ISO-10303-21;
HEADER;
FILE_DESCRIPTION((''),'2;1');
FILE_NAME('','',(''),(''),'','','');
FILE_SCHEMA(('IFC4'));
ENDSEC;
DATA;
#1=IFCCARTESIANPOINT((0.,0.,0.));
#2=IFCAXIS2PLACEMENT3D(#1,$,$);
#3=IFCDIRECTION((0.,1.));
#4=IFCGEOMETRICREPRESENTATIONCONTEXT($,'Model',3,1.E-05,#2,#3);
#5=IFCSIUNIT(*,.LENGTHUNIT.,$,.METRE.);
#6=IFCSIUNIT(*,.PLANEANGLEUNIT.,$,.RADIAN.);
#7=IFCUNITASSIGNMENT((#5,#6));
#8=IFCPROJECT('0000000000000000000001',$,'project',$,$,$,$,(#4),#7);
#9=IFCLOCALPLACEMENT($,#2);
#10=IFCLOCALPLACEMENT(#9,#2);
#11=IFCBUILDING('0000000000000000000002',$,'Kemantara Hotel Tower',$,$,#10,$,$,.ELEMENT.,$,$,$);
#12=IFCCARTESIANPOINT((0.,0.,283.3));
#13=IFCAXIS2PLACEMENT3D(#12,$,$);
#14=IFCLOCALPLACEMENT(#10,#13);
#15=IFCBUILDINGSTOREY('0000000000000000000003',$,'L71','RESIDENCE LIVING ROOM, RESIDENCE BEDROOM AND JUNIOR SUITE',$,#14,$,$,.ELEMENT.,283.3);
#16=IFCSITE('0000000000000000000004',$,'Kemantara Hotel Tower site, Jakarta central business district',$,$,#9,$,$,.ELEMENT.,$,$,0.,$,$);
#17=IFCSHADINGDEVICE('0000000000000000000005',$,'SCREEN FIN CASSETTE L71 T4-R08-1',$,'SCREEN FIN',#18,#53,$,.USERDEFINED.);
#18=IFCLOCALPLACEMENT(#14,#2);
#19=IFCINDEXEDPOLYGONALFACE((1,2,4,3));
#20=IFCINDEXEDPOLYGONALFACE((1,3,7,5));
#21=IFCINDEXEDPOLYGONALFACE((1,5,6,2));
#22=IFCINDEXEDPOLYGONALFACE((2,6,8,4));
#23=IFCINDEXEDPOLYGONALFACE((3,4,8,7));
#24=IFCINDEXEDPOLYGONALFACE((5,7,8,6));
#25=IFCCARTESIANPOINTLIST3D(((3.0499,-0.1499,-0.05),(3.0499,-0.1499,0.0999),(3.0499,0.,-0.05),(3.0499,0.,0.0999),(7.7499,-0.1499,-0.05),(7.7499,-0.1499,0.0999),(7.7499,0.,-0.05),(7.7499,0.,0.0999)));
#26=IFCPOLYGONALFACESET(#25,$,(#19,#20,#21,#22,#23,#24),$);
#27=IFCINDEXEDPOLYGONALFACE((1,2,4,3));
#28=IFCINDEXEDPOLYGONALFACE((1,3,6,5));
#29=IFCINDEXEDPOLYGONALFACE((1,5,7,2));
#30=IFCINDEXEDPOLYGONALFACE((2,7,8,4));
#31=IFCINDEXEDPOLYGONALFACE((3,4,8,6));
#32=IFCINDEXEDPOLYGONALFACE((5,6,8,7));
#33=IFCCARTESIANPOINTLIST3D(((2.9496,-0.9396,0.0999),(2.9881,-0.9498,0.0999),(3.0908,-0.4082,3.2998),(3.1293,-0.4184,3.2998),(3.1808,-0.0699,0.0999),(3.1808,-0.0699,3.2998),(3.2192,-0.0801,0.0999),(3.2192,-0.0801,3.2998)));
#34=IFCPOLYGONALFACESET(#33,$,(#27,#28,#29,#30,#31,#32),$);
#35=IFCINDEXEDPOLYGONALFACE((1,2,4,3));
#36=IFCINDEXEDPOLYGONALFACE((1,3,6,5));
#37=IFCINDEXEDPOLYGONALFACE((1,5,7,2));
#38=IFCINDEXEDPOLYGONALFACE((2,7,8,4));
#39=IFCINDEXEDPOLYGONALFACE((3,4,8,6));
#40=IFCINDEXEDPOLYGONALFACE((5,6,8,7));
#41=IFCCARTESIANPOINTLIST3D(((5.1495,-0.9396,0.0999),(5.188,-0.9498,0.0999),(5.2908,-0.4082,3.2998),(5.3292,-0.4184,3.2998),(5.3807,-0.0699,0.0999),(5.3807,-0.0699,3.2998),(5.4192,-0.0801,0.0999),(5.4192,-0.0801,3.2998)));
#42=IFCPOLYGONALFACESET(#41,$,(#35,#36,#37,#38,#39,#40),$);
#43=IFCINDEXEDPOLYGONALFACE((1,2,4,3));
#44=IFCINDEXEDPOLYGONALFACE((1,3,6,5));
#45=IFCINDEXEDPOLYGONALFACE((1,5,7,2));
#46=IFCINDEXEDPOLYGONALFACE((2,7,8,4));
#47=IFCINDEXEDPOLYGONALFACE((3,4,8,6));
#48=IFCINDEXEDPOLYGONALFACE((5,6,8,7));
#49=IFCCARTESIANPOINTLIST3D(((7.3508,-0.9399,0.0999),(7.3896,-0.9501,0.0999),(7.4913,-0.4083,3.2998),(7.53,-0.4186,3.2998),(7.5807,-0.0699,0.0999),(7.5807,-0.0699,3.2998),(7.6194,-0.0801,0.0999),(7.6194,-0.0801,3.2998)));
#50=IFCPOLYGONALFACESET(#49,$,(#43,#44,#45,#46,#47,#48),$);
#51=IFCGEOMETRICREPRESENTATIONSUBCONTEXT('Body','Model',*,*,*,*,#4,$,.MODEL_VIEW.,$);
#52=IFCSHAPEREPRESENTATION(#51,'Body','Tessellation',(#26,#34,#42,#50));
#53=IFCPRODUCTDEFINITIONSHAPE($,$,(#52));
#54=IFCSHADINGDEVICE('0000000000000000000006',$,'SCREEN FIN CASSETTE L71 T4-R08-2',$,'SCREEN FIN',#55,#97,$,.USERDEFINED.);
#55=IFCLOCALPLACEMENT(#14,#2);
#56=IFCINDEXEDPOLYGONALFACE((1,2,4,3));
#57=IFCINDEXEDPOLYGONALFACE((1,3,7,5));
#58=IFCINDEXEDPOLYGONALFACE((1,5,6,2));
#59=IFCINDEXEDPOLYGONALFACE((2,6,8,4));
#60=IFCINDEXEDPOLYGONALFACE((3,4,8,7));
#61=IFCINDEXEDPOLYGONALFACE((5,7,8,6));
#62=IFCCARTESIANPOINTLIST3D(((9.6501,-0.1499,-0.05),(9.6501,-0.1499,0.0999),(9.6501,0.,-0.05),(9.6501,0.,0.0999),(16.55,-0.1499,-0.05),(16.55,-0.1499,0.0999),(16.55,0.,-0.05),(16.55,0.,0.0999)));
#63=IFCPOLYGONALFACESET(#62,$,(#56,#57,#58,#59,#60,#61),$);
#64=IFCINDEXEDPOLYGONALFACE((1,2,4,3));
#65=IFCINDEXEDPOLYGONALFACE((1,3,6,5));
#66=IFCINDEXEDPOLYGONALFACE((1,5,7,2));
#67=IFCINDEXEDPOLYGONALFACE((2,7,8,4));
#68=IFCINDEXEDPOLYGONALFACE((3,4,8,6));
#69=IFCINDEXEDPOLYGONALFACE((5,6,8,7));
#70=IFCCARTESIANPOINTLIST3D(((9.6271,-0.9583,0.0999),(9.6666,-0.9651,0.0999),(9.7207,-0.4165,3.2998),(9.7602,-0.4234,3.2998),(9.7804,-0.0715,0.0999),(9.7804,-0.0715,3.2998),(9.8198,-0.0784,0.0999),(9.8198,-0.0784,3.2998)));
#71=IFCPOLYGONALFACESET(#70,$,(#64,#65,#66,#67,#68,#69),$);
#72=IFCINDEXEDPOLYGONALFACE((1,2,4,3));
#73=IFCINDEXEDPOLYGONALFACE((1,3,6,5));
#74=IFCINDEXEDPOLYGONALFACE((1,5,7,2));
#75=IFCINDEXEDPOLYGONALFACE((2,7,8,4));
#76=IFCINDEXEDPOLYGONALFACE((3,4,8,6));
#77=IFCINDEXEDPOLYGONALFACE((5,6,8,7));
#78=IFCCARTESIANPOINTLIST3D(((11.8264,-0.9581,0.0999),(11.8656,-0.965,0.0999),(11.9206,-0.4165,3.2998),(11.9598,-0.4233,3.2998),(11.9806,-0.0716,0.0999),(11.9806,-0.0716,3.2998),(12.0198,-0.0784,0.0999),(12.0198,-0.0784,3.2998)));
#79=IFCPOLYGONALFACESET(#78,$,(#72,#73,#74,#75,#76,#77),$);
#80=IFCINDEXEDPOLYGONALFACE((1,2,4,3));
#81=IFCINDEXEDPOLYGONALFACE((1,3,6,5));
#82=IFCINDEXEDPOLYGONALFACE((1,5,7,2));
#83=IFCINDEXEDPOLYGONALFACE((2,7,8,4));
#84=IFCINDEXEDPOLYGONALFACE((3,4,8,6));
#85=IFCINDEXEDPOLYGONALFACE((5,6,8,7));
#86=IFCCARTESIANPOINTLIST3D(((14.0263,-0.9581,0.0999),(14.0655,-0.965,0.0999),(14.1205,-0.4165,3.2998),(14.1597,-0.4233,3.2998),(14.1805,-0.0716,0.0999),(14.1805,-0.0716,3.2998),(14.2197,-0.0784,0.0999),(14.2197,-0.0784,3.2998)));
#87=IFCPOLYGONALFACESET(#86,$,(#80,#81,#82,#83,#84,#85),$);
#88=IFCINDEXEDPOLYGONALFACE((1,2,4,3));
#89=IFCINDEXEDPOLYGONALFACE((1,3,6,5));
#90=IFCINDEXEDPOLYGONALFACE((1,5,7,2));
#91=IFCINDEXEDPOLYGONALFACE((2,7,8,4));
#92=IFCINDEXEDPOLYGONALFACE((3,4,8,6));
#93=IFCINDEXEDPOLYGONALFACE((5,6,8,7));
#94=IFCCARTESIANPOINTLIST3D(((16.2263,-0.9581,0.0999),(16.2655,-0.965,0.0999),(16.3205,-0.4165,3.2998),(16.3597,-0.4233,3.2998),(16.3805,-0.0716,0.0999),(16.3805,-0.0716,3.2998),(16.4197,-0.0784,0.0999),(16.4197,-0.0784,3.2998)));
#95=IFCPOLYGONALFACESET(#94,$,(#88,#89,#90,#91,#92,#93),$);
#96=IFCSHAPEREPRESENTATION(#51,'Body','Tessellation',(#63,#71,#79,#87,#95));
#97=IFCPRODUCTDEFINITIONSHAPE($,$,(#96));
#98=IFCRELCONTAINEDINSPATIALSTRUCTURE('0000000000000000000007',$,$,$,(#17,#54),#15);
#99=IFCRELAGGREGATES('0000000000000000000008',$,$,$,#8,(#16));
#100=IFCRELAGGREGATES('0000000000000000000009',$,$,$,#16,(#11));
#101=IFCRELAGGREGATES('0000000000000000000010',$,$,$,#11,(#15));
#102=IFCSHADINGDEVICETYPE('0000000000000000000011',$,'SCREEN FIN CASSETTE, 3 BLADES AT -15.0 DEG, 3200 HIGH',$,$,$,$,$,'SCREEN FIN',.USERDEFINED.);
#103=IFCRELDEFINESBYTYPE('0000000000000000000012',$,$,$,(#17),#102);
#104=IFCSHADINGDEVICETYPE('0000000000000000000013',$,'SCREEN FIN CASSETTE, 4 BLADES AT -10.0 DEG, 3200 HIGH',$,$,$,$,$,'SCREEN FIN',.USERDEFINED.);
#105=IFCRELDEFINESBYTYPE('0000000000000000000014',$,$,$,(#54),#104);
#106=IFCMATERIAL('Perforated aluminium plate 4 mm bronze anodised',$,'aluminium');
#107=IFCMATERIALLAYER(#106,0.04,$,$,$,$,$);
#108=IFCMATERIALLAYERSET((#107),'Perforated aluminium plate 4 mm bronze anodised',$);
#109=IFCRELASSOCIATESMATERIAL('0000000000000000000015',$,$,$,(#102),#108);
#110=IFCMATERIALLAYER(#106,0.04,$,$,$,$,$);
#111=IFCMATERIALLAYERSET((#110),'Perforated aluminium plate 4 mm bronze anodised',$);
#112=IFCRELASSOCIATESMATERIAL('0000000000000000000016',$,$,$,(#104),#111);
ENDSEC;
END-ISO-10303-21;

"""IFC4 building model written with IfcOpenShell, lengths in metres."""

from ifc_helpers import new_model, si_unit, direction, frame, origin, origin_2d, place, context, subcontext, project, spatial, polyline, rectangle, outline, extrude, source, transform, mapped, material, layer, layer_set, type_object, element, save


model = new_model("IFC4")

# Units and contexts
model_context = context("Model", 3, precision=1e-05, world=origin(), true_north=direction((0.0, 1.0)))
body_context = subcontext(model_context, "Body", "Model", "MODEL_VIEW")
ifc_project = project(units=[si_unit("LENGTHUNIT", "METRE"), si_unit("PLANEANGLEUNIT", "RADIAN")], contexts=[model_context])

# Site, building, storey
site_placement = place(None, origin())
site = spatial("IfcSite", under=ifc_project, at=site_placement, Name="Kemantara Hotel Tower site, Jakarta central business district", CompositionType="ELEMENT", RefElevation=0.0)
building_placement = place(site_placement, origin())
building = spatial("IfcBuilding", under=site, at=building_placement, Name="Kemantara Hotel Tower", CompositionType="ELEMENT")
storey_placement = place(building_placement, frame((0.0, 0.0, 283.3)))
storey = spatial("IfcBuildingStorey", under=building, at=storey_placement, Name="L71", Description="RESIDENCE LIVING ROOM, RESIDENCE BEDROOM AND JUNIOR SUITE", CompositionType="ELEMENT", Elevation=283.3)

# Shading devices
ifc_material_1 = material(Name="Perforated aluminium plate 4 mm bronze anodised", Category="aluminium")
ifc_layer_1 = layer(ifc_material_1, 0.04)
ifc_layer_set_1 = layer_set([ifc_layer_1], Name="Perforated aluminium plate 4 mm bronze anodised")
shading_device_type_1 = type_object("IfcShadingDeviceType", Name="SCREEN FIN CASSETTE, 3 BLADES AT -15.0 DEG, 3200 HIGH", ElementType="SCREEN FIN", PredefinedType="USERDEFINED", material=ifc_layer_set_1)
shared_shape_1 = source(origin(), body_context, "Body", "SweptSolid", [
    extrude(rectangle(XDim=4.7, YDim=0.1499, at=origin_2d()), frame((2.2, -0.075, -0.1499), z_axis=(0.0, 0.0, 1.0), x_axis=(1.0, 0.0, 0.0)), (0.0, 0.0, 1.0), 0.1499),
    extrude(outline(polyline([(0.0, 0.0), (0.8999, 0.0), (0.3501, 3.2), (0.0, 3.2), (0.0, 0.0)])), frame((0.0193, -0.0801, 0.0), z_axis=(-0.966438, 0.256901, 0.0), x_axis=(-0.256901, -0.966438, 0.0)), (0.0, 0.0, 1.0), 0.0398),
    extrude(outline(polyline([(0.0, 0.0), (0.8999, 0.0), (0.3501, 3.2), (0.0, 3.2), (0.0, 0.0)])), frame((2.2192, -0.0801, 0.0), z_axis=(-0.966438, 0.256901, 0.0), x_axis=(-0.256901, -0.966438, 0.0)), (0.0, 0.0, 1.0), 0.0398),
    extrude(outline(polyline([(0.0, 0.0), (0.8999, 0.0), (0.3501, 3.2), (0.0, 3.2), (0.0, 0.0)])), frame((4.4194, -0.0801, 0.0), z_axis=(-0.966838, 0.255391, 0.0), x_axis=(-0.255391, -0.966838, 0.0)), (0.0, 0.0, 1.0), 0.04),
])
shading_device_1_placement = place(storey_placement, frame((3.2, 0.0, 0.0999), z_axis=(0.0, 0.0, 1.0), x_axis=(1.0, 0.0, 0.0)))
element("IfcShadingDevice", 1, at=shading_device_1_placement, inside=storey, type_object=shading_device_type_1, Name="SCREEN FIN CASSETTE L71 T4-R08-1", ObjectType="SCREEN FIN", PredefinedType="USERDEFINED", context=body_context, shape_type="MappedRepresentation", body=[
    mapped(shared_shape_1, transform((0.0, 0.0, 0.0))),
])
ifc_layer_2 = layer(ifc_material_1, 0.04)
ifc_layer_set_2 = layer_set([ifc_layer_2], Name="Perforated aluminium plate 4 mm bronze anodised")
shading_device_type_2 = type_object("IfcShadingDeviceType", Name="SCREEN FIN CASSETTE, 4 BLADES AT -10.0 DEG, 3200 HIGH", ElementType="SCREEN FIN", PredefinedType="USERDEFINED", material=ifc_layer_set_2)
shared_shape_2 = source(origin(), body_context, "Body", "SweptSolid", [
    extrude(rectangle(XDim=6.8999, YDim=0.1499, at=origin_2d()), frame((3.3, -0.075, -0.1499), z_axis=(0.0, 0.0, 1.0), x_axis=(1.0, 0.0, 0.0)), (0.0, 0.0, 1.0), 0.1499),
    extrude(outline(polyline([(0.0, 0.0), (0.8999, 0.0), (0.3501, 3.2), (0.0, 3.2), (0.0, 0.0)])), frame((0.0198, -0.0784, 0.0), z_axis=(-0.98539, 0.170314, 0.0), x_axis=(-0.170314, -0.98539, 0.0)), (0.0, 0.0, 1.0), 0.04),
    extrude(outline(polyline([(0.0, 0.0), (0.8999, 0.0), (0.3501, 3.2), (0.0, 3.2), (0.0, 0.0)])), frame((2.2197, -0.0784, 0.0), z_axis=(-0.985212, 0.171341, 0.0), x_axis=(-0.171341, -0.985212, 0.0)), (0.0, 0.0, 1.0), 0.0398),
    extrude(outline(polyline([(0.0, 0.0), (0.8999, 0.0), (0.3501, 3.2), (0.0, 3.2), (0.0, 0.0)])), frame((4.4197, -0.0784, 0.0), z_axis=(-0.985212, 0.171341, 0.0), x_axis=(-0.171341, -0.985212, 0.0)), (0.0, 0.0, 1.0), 0.0398),
    extrude(outline(polyline([(0.0, 0.0), (0.8999, 0.0), (0.3501, 3.2), (0.0, 3.2), (0.0, 0.0)])), frame((6.6196, -0.0784, 0.0), z_axis=(-0.985212, 0.171341, 0.0), x_axis=(-0.171341, -0.985212, 0.0)), (0.0, 0.0, 1.0), 0.0398),
])
shading_device_2_placement = place(storey_placement, frame((9.8, 0.0, 0.0999), z_axis=(0.0, 0.0, 1.0), x_axis=(1.0, 0.0, 0.0)))
element("IfcShadingDevice", 2, at=shading_device_2_placement, inside=storey, type_object=shading_device_type_2, Name="SCREEN FIN CASSETTE L71 T4-R08-2", ObjectType="SCREEN FIN", PredefinedType="USERDEFINED", context=body_context, shape_type="MappedRepresentation", body=[
    mapped(shared_shape_2, transform((0.0, 0.0, 0.0))),
])

save(model, "model.ifc")
